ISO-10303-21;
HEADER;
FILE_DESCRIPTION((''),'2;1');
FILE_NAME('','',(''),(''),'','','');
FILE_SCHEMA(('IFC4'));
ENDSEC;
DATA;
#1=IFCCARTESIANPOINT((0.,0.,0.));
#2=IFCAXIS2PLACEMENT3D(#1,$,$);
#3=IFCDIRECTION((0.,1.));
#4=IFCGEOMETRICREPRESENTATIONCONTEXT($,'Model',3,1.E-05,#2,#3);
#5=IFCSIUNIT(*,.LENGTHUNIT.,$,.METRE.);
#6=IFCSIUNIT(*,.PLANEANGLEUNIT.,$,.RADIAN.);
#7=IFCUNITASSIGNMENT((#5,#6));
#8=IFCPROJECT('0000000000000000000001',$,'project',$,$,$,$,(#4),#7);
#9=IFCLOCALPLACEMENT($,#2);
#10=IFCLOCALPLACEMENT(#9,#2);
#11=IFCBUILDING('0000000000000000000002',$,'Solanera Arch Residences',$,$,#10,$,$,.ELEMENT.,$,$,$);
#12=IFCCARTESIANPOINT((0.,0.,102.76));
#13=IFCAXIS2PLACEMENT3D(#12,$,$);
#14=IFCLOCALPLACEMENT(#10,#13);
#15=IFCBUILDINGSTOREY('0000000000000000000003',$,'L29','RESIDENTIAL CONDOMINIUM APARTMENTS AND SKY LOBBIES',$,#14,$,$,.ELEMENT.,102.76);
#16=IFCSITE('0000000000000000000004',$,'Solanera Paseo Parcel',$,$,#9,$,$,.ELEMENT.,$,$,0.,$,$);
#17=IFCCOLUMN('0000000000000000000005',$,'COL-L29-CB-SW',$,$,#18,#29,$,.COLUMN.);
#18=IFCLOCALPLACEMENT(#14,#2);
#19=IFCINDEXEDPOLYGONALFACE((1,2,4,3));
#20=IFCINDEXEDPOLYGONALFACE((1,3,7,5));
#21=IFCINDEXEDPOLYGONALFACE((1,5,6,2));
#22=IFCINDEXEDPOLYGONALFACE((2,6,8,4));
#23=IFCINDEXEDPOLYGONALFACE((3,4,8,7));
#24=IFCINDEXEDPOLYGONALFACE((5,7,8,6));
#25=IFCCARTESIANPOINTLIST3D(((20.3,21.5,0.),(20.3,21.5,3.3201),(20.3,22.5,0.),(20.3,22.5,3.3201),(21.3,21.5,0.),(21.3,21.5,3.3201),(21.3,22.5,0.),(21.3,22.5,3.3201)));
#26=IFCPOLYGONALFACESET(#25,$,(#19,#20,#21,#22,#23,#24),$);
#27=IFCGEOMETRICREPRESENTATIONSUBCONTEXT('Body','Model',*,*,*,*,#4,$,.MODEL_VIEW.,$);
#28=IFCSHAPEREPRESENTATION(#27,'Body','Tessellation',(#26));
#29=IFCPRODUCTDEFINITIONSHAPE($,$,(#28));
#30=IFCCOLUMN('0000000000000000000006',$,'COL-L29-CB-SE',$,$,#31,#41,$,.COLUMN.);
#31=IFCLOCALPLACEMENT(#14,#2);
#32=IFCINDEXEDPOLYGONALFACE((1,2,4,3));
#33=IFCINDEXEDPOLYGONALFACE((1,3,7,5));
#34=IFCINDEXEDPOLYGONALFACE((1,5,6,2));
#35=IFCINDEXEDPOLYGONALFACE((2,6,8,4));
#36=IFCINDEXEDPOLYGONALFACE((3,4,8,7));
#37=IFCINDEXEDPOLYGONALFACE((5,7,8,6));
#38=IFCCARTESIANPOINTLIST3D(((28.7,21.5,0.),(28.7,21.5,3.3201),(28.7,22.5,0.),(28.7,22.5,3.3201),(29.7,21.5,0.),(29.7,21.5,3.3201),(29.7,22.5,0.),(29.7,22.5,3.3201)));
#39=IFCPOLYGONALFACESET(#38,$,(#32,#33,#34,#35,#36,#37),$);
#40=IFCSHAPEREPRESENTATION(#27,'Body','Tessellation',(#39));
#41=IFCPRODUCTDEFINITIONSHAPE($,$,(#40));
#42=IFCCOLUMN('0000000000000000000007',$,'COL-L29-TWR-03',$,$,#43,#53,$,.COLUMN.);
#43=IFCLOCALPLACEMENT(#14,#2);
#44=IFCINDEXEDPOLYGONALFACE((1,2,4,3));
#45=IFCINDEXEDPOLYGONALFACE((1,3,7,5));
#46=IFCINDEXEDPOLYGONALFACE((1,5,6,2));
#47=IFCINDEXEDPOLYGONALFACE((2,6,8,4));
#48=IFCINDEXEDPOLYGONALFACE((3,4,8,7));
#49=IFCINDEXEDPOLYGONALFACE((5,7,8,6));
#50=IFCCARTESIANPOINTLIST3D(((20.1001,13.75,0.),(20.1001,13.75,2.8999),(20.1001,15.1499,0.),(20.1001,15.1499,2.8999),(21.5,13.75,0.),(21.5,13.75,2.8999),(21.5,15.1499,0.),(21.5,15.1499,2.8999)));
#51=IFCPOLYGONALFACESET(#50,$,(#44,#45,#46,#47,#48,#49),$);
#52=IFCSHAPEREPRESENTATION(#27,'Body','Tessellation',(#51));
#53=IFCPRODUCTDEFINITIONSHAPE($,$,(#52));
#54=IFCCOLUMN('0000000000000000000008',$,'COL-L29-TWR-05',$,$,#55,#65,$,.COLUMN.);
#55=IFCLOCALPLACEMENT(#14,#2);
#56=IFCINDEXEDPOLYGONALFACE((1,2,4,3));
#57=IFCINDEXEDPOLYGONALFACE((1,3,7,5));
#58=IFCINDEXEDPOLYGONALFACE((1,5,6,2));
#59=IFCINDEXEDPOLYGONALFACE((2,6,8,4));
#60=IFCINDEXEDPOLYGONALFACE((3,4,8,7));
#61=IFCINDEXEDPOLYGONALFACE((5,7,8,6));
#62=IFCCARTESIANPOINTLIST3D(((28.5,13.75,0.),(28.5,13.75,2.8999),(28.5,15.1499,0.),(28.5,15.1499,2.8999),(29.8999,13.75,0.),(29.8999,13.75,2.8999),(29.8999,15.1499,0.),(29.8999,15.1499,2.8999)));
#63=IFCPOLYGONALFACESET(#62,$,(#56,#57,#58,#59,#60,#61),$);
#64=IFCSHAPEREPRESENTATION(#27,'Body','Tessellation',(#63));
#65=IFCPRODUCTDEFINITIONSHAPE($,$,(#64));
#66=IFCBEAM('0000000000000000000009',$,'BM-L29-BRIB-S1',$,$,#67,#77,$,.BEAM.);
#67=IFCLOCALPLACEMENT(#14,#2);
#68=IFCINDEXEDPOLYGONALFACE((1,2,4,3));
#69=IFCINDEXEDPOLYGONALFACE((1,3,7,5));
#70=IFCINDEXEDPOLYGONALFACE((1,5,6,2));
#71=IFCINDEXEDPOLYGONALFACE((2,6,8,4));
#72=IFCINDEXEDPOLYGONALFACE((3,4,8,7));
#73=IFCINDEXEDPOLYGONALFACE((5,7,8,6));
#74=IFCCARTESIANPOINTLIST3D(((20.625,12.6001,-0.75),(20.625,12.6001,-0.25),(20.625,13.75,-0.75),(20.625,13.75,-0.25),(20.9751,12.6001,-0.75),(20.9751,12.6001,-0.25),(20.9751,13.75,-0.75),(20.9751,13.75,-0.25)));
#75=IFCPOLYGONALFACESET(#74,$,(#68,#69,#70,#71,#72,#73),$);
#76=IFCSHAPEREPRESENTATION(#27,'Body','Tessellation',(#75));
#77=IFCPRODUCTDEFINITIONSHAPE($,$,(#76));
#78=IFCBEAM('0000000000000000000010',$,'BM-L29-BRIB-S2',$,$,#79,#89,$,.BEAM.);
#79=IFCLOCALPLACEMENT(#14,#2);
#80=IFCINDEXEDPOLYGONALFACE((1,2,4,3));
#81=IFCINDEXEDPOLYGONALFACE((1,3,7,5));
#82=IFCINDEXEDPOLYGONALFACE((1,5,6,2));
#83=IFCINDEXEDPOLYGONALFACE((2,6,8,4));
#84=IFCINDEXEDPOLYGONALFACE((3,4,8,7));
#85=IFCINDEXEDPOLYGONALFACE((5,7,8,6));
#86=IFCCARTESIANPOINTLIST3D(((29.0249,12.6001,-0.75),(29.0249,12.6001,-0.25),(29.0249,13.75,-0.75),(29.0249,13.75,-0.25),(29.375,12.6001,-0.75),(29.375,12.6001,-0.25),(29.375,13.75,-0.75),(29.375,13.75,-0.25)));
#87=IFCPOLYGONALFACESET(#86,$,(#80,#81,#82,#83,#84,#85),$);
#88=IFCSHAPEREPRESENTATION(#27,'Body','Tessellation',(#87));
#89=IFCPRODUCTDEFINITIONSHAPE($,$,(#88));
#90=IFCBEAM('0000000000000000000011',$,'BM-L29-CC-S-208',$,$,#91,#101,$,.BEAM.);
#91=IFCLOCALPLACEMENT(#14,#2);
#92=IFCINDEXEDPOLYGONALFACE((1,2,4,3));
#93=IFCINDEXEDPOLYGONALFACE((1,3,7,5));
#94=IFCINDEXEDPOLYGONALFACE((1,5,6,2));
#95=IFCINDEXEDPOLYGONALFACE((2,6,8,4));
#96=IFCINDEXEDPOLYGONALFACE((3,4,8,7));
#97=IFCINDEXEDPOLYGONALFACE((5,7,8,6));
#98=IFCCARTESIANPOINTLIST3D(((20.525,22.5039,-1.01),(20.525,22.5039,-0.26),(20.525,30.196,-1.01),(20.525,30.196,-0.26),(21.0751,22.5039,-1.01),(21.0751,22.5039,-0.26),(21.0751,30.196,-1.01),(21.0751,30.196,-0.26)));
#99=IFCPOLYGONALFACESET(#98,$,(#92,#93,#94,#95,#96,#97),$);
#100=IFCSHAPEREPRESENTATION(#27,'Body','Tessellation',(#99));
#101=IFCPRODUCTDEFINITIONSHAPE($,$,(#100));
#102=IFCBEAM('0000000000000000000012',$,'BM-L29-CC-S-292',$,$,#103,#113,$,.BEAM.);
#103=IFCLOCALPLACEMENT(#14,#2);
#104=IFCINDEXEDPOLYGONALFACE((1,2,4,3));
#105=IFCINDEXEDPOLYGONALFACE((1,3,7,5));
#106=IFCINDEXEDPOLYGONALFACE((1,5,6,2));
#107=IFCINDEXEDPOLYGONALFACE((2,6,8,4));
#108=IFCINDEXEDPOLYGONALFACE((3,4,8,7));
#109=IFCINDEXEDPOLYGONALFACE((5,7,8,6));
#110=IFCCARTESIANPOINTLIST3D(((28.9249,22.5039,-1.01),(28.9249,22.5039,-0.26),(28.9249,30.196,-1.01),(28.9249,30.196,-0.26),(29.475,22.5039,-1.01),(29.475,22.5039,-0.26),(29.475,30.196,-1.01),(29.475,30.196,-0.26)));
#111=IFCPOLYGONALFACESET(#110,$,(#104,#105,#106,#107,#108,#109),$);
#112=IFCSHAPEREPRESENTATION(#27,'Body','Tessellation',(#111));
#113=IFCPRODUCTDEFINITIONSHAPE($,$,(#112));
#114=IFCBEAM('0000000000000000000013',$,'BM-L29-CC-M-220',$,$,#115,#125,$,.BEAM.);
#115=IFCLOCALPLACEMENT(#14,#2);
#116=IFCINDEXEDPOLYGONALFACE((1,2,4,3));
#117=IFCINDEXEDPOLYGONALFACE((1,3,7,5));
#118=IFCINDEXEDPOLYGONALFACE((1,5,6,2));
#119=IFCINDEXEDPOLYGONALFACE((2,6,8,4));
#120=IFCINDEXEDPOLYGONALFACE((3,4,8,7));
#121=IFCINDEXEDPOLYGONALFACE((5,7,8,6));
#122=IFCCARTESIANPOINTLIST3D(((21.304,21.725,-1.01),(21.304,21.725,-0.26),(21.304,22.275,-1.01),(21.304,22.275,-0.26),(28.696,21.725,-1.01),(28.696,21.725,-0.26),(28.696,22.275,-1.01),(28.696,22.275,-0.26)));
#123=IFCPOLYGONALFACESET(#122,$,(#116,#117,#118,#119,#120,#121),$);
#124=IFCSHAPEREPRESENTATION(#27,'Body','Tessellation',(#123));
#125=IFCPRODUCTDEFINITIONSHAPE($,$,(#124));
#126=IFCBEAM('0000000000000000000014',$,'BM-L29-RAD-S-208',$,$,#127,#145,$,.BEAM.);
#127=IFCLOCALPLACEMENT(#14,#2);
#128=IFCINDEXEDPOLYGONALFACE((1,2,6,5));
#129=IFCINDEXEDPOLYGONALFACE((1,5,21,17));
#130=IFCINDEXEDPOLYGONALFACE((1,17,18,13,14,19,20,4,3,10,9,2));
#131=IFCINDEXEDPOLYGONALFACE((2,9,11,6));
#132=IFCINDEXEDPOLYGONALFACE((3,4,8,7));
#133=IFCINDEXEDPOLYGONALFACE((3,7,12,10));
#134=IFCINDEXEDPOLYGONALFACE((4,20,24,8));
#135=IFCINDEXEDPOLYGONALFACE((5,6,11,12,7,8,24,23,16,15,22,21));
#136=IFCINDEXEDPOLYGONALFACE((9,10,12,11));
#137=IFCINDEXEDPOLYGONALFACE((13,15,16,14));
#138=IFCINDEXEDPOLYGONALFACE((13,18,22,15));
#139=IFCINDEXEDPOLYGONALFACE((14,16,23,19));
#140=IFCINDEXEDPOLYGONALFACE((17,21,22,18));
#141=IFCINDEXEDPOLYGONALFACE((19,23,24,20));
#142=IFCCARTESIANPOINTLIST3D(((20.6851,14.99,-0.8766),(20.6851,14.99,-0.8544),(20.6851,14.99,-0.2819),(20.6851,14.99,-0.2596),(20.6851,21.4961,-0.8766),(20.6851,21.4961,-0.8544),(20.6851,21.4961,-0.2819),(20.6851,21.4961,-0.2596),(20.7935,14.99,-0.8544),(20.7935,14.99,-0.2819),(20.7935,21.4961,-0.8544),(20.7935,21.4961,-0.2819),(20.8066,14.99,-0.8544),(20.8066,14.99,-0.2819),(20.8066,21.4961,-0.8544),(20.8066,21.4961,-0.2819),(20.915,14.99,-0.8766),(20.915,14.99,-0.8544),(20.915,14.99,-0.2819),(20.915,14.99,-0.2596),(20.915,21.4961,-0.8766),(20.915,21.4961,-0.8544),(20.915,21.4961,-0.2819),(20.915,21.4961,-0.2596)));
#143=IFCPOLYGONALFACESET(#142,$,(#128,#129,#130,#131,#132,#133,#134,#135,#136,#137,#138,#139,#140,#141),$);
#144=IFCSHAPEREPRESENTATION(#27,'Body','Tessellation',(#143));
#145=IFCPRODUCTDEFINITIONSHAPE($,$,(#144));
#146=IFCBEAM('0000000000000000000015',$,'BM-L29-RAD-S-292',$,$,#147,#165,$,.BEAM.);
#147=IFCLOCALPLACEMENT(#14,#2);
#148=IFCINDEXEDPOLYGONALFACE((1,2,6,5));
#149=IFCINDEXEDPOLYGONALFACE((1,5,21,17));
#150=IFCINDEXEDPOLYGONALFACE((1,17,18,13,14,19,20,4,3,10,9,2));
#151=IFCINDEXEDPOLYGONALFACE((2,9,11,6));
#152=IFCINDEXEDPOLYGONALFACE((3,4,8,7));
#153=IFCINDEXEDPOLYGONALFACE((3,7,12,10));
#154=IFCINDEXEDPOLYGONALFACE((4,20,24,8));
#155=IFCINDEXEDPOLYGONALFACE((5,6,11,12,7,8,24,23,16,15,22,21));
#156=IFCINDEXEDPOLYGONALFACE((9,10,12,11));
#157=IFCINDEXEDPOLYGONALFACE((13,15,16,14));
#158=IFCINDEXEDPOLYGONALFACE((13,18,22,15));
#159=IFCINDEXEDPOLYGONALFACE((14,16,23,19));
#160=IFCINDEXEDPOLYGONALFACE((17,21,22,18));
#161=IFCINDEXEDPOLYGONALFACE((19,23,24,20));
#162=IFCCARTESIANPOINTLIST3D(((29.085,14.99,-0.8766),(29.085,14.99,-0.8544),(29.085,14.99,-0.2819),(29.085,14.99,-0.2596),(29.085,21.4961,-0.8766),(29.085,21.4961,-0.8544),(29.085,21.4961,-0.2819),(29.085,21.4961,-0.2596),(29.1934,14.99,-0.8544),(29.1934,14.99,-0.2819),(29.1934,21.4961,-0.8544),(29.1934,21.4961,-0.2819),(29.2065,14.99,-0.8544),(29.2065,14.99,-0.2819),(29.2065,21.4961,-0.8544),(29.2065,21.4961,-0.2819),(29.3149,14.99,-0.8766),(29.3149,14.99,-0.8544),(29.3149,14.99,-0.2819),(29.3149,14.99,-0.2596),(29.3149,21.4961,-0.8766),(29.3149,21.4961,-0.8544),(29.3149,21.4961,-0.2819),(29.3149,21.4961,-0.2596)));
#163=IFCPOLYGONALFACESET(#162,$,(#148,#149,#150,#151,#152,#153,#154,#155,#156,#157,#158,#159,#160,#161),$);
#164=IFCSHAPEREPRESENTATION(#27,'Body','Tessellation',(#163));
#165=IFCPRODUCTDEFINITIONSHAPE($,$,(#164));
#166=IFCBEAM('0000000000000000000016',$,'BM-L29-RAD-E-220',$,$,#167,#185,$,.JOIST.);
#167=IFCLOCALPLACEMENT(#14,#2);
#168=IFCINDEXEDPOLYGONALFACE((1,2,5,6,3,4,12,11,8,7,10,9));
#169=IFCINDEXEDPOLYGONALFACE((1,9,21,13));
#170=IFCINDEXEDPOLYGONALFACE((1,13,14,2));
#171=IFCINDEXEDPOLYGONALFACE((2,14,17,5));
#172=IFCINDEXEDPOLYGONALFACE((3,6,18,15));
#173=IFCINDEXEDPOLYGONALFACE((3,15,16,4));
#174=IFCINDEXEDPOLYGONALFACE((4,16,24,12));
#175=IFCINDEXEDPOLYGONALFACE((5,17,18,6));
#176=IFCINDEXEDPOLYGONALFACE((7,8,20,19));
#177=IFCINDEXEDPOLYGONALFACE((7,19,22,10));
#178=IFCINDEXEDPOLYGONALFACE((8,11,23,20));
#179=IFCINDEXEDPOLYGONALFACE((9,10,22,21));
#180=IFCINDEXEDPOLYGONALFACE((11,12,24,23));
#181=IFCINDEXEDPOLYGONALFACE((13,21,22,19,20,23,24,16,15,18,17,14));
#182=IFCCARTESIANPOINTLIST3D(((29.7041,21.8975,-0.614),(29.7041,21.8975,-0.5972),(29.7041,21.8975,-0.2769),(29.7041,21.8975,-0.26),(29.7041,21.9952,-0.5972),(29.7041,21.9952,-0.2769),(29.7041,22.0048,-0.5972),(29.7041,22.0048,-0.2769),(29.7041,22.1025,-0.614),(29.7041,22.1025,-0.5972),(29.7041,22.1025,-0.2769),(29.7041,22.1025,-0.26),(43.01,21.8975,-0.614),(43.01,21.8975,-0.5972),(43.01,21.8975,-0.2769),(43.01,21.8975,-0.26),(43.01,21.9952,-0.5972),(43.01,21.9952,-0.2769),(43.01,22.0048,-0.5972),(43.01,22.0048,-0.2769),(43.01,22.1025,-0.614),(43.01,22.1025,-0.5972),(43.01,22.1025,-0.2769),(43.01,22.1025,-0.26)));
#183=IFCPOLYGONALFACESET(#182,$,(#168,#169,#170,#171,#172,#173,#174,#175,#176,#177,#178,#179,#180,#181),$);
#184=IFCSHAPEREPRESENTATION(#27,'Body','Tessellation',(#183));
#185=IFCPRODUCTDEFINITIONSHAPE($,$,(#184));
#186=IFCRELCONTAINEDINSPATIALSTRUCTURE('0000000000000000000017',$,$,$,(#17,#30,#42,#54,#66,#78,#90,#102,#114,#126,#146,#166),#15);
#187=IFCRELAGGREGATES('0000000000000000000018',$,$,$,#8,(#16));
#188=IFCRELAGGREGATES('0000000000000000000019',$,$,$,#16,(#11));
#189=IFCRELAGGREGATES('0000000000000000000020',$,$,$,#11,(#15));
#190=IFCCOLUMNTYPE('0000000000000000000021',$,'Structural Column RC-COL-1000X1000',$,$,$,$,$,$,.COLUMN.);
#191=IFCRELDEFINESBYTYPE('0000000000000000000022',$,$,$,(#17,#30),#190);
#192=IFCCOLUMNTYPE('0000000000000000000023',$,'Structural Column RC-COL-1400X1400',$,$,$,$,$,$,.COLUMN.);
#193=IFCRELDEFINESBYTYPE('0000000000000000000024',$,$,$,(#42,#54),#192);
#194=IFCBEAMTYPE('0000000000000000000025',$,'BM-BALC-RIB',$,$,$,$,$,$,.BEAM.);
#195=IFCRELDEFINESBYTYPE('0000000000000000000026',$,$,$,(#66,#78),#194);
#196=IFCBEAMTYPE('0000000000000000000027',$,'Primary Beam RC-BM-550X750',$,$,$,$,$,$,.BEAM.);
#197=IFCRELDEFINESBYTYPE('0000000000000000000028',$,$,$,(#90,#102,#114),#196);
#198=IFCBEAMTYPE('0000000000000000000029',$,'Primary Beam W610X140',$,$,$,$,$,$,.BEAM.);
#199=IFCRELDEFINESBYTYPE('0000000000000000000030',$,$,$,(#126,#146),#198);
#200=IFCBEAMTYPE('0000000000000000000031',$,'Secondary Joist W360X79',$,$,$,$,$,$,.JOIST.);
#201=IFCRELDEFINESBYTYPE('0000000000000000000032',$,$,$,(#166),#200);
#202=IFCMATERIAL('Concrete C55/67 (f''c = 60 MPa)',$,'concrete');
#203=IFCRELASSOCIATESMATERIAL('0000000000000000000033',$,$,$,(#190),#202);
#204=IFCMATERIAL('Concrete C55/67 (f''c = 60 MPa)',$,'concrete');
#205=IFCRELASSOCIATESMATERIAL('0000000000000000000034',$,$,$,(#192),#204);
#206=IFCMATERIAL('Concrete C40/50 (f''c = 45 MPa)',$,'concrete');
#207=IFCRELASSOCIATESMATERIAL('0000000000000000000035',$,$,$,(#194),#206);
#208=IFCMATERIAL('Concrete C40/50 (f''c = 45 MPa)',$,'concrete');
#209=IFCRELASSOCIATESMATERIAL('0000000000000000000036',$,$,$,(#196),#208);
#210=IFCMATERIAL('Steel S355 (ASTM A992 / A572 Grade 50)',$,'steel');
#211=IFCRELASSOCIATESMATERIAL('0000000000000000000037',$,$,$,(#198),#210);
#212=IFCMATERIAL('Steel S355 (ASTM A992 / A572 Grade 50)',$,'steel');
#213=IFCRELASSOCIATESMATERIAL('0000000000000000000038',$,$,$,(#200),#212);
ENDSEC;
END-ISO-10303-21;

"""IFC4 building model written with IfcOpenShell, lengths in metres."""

from ifc_helpers import new_model, si_unit, direction, frame, origin, origin_2d, place, context, subcontext, project, spatial, rectangle, i_section, extrude, material, material_profile, profile_set, type_object, element, save


model = new_model("IFC4")

# Units and contexts
model_context = context("Model", 3, precision=1e-05, world=origin(), true_north=direction((0.0, 1.0)))
body_context = subcontext(model_context, "Body", "Model", "MODEL_VIEW")
ifc_project = project(units=[si_unit("LENGTHUNIT", "METRE"), si_unit("PLANEANGLEUNIT", "RADIAN")], contexts=[model_context])

# Site, building, storey
site_placement = place(None, origin())
site = spatial("IfcSite", under=ifc_project, at=site_placement, Name="Solanera Paseo Parcel", CompositionType="ELEMENT", RefElevation=0.0)
building_placement = place(site_placement, origin())
building = spatial("IfcBuilding", under=site, at=building_placement, Name="Solanera Arch Residences", CompositionType="ELEMENT")
storey_placement = place(building_placement, frame((0.0, 0.0, 102.76)))
storey = spatial("IfcBuildingStorey", under=building, at=storey_placement, Name="L29", Description="RESIDENTIAL CONDOMINIUM APARTMENTS AND SKY LOBBIES", CompositionType="ELEMENT", Elevation=102.76)

# Columns
ifc_material_1 = material(Name="Concrete C55/67 (f'c = 60 MPa)", Category="concrete")
ifc_material_profile_1 = material_profile(ifc_material_1, rectangle(XDim=1.0, YDim=1.0, at=origin_2d()))
ifc_profile_set_1 = profile_set([ifc_material_profile_1], Name="Concrete C55/67 (f'c = 60 MPa)")
column_type_1 = type_object("IfcColumnType", Name="Structural Column RC-COL-1000X1000", PredefinedType="COLUMN", material=ifc_profile_set_1)
for number, where, z_axis, x_axis, name in (
    (1, (20.8, 22.0, 0.0), (0.0, 0.0, 1.0), (1.0, 0.0, 0.0), "COL-L29-CB-SW"),
    (2, (29.2, 22.0, 0.0), (0.0, 0.0, 1.0), (1.0, 0.0, 0.0), "COL-L29-CB-SE"),
):
    element("IfcColumn", number, at=place(storey_placement, frame(where, z_axis=z_axis, x_axis=x_axis)), inside=storey, type_object=column_type_1, Name=name, PredefinedType="COLUMN", context=body_context, shape_type="SweptSolid", body=[
        extrude(rectangle(XDim=1.0, YDim=1.0, at=origin_2d()), origin(), (0.0, 0.0, 1.0), 3.3201),
    ])
ifc_material_2 = material(Name="Concrete C55/67 (f'c = 60 MPa)", Category="concrete")
ifc_material_profile_2 = material_profile(ifc_material_2, rectangle(XDim=1.3999, YDim=1.3999, at=origin_2d()))
ifc_profile_set_2 = profile_set([ifc_material_profile_2], Name="Concrete C55/67 (f'c = 60 MPa)")
column_type_2 = type_object("IfcColumnType", Name="Structural Column RC-COL-1400X1400", PredefinedType="COLUMN", material=ifc_profile_set_2)
for number, where, z_axis, x_axis, name in (
    (3, (20.8, 14.45, 0.0), (0.0, 0.0, 1.0), (1.0, 0.0, 0.0), "COL-L29-TWR-03"),
    (4, (29.2, 14.45, 0.0), (0.0, 0.0, 1.0), (1.0, 0.0, 0.0), "COL-L29-TWR-05"),
):
    element("IfcColumn", number, at=place(storey_placement, frame(where, z_axis=z_axis, x_axis=x_axis)), inside=storey, type_object=column_type_2, Name=name, PredefinedType="COLUMN", context=body_context, shape_type="SweptSolid", body=[
        extrude(rectangle(XDim=1.3999, YDim=1.3999, at=origin_2d()), origin(), (0.0, 0.0, 1.0), 2.8999),
    ])

# Beams
ifc_material_3 = material(Name="Concrete C40/50 (f'c = 45 MPa)", Category="concrete")
ifc_material_profile_3 = material_profile(ifc_material_3, rectangle(XDim=0.3501, YDim=0.5, at=origin_2d()))
ifc_profile_set_3 = profile_set([ifc_material_profile_3], Name="Concrete C40/50 (f'c = 45 MPa)")
beam_type_1 = type_object("IfcBeamType", Name="BM-BALC-RIB", PredefinedType="BEAM", material=ifc_profile_set_3)
for number, where, z_axis, x_axis, name in (
    (5, (20.8, 12.6001, -0.5), (0.0, 1.0, 0.0), (-1.0, 0.0, 0.0), "BM-L29-BRIB-S1"),
    (6, (29.2, 12.6001, -0.5), (0.0, 1.0, 0.0), (-1.0, 0.0, 0.0), "BM-L29-BRIB-S2"),
):
    element("IfcBeam", number, at=place(storey_placement, frame(where, z_axis=z_axis, x_axis=x_axis)), inside=storey, type_object=beam_type_1, Name=name, PredefinedType="BEAM", context=body_context, shape_type="SweptSolid", body=[
        extrude(rectangle(XDim=0.3501, YDim=0.5, at=origin_2d()), origin(), (0.0, 0.0, 1.0), 1.1499),
    ])
ifc_material_4 = material(Name="Concrete C40/50 (f'c = 45 MPa)", Category="concrete")
ifc_material_profile_4 = material_profile(ifc_material_4, rectangle(XDim=0.55, YDim=0.75, at=origin_2d()))
ifc_profile_set_4 = profile_set([ifc_material_profile_4], Name="Concrete C40/50 (f'c = 45 MPa)")
beam_type_2 = type_object("IfcBeamType", Name="Primary Beam RC-BM-550X750", PredefinedType="BEAM", material=ifc_profile_set_4)
for number, where, z_axis, x_axis, name in (
    (7, (20.8, 22.5039, -0.635), (0.0, 1.0, 0.0), (-1.0, 0.0, 0.0), "BM-L29-CC-S-208"),
    (8, (29.2, 22.5039, -0.635), (0.0, 1.0, 0.0), (-1.0, 0.0, 0.0), "BM-L29-CC-S-292"),
):
    element("IfcBeam", number, at=place(storey_placement, frame(where, z_axis=z_axis, x_axis=x_axis)), inside=storey, type_object=beam_type_2, Name=name, PredefinedType="BEAM", context=body_context, shape_type="SweptSolid", body=[
        extrude(rectangle(XDim=0.55, YDim=0.75, at=origin_2d()), origin(), (0.0, 0.0, 1.0), 7.6921),
    ])
beam_1_placement = place(storey_placement, frame((21.304, 22.0, -0.635), z_axis=(1.0, 0.0, 0.0), x_axis=(0.0, 1.0, 0.0)))
element("IfcBeam", 9, at=beam_1_placement, inside=storey, type_object=beam_type_2, Name="BM-L29-CC-M-220", PredefinedType="BEAM", context=body_context, shape_type="SweptSolid", body=[
    extrude(rectangle(XDim=0.55, YDim=0.75, at=origin_2d()), origin(), (0.0, 0.0, 1.0), 7.3921),
])
ifc_material_5 = material(Name="Steel S355 (ASTM A992 / A572 Grade 50)", Category="steel")
ifc_material_profile_5 = material_profile(ifc_material_5, i_section(OverallWidth=0.23, OverallDepth=0.6169, WebThickness=0.0132, FlangeThickness=0.0222, at=origin_2d()))
ifc_profile_set_5 = profile_set([ifc_material_profile_5], Name="Steel S355 (ASTM A992 / A572 Grade 50)")
beam_type_3 = type_object("IfcBeamType", Name="Primary Beam W610X140", PredefinedType="BEAM", material=ifc_profile_set_5)
for number, where, z_axis, x_axis, name in (
    (10, (20.8, 14.99, -0.5681), (0.0, 1.0, 0.0), (-1.0, 0.0, 0.0), "BM-L29-RAD-S-208"),
    (11, (29.2, 14.99, -0.5681), (0.0, 1.0, 0.0), (-1.0, 0.0, 0.0), "BM-L29-RAD-S-292"),
):
    element("IfcBeam", number, at=place(storey_placement, frame(where, z_axis=z_axis, x_axis=x_axis)), inside=storey, type_object=beam_type_3, Name=name, PredefinedType="BEAM", context=body_context, shape_type="SweptSolid", body=[
        extrude(i_section(OverallWidth=0.23, OverallDepth=0.6169, WebThickness=0.0132, FlangeThickness=0.0222, at=origin_2d()), origin(), (0.0, 0.0, 1.0), 6.5061),
    ])
ifc_material_6 = material(Name="Steel S355 (ASTM A992 / A572 Grade 50)", Category="steel")
ifc_material_profile_6 = material_profile(ifc_material_6, i_section(OverallWidth=0.2051, OverallDepth=0.354, WebThickness=0.0095, FlangeThickness=0.0168, at=origin_2d()))
ifc_profile_set_6 = profile_set([ifc_material_profile_6], Name="Steel S355 (ASTM A992 / A572 Grade 50)")
beam_type_4 = type_object("IfcBeamType", Name="Secondary Joist W360X79", PredefinedType="JOIST", material=ifc_profile_set_6)
beam_2_placement = place(storey_placement, frame((29.7041, 22.0, -0.437), z_axis=(1.0, 0.0, 0.0), x_axis=(0.0, 1.0, 0.0)))
element("IfcBeam", 12, at=beam_2_placement, inside=storey, type_object=beam_type_4, Name="BM-L29-RAD-E-220", PredefinedType="JOIST", context=body_context, shape_type="SweptSolid", body=[
    extrude(i_section(OverallWidth=0.2051, OverallDepth=0.354, WebThickness=0.0095, FlangeThickness=0.0168, at=origin_2d()), origin(), (0.0, 0.0, 1.0), 13.3059),
])

save(model, "model.ifc")
